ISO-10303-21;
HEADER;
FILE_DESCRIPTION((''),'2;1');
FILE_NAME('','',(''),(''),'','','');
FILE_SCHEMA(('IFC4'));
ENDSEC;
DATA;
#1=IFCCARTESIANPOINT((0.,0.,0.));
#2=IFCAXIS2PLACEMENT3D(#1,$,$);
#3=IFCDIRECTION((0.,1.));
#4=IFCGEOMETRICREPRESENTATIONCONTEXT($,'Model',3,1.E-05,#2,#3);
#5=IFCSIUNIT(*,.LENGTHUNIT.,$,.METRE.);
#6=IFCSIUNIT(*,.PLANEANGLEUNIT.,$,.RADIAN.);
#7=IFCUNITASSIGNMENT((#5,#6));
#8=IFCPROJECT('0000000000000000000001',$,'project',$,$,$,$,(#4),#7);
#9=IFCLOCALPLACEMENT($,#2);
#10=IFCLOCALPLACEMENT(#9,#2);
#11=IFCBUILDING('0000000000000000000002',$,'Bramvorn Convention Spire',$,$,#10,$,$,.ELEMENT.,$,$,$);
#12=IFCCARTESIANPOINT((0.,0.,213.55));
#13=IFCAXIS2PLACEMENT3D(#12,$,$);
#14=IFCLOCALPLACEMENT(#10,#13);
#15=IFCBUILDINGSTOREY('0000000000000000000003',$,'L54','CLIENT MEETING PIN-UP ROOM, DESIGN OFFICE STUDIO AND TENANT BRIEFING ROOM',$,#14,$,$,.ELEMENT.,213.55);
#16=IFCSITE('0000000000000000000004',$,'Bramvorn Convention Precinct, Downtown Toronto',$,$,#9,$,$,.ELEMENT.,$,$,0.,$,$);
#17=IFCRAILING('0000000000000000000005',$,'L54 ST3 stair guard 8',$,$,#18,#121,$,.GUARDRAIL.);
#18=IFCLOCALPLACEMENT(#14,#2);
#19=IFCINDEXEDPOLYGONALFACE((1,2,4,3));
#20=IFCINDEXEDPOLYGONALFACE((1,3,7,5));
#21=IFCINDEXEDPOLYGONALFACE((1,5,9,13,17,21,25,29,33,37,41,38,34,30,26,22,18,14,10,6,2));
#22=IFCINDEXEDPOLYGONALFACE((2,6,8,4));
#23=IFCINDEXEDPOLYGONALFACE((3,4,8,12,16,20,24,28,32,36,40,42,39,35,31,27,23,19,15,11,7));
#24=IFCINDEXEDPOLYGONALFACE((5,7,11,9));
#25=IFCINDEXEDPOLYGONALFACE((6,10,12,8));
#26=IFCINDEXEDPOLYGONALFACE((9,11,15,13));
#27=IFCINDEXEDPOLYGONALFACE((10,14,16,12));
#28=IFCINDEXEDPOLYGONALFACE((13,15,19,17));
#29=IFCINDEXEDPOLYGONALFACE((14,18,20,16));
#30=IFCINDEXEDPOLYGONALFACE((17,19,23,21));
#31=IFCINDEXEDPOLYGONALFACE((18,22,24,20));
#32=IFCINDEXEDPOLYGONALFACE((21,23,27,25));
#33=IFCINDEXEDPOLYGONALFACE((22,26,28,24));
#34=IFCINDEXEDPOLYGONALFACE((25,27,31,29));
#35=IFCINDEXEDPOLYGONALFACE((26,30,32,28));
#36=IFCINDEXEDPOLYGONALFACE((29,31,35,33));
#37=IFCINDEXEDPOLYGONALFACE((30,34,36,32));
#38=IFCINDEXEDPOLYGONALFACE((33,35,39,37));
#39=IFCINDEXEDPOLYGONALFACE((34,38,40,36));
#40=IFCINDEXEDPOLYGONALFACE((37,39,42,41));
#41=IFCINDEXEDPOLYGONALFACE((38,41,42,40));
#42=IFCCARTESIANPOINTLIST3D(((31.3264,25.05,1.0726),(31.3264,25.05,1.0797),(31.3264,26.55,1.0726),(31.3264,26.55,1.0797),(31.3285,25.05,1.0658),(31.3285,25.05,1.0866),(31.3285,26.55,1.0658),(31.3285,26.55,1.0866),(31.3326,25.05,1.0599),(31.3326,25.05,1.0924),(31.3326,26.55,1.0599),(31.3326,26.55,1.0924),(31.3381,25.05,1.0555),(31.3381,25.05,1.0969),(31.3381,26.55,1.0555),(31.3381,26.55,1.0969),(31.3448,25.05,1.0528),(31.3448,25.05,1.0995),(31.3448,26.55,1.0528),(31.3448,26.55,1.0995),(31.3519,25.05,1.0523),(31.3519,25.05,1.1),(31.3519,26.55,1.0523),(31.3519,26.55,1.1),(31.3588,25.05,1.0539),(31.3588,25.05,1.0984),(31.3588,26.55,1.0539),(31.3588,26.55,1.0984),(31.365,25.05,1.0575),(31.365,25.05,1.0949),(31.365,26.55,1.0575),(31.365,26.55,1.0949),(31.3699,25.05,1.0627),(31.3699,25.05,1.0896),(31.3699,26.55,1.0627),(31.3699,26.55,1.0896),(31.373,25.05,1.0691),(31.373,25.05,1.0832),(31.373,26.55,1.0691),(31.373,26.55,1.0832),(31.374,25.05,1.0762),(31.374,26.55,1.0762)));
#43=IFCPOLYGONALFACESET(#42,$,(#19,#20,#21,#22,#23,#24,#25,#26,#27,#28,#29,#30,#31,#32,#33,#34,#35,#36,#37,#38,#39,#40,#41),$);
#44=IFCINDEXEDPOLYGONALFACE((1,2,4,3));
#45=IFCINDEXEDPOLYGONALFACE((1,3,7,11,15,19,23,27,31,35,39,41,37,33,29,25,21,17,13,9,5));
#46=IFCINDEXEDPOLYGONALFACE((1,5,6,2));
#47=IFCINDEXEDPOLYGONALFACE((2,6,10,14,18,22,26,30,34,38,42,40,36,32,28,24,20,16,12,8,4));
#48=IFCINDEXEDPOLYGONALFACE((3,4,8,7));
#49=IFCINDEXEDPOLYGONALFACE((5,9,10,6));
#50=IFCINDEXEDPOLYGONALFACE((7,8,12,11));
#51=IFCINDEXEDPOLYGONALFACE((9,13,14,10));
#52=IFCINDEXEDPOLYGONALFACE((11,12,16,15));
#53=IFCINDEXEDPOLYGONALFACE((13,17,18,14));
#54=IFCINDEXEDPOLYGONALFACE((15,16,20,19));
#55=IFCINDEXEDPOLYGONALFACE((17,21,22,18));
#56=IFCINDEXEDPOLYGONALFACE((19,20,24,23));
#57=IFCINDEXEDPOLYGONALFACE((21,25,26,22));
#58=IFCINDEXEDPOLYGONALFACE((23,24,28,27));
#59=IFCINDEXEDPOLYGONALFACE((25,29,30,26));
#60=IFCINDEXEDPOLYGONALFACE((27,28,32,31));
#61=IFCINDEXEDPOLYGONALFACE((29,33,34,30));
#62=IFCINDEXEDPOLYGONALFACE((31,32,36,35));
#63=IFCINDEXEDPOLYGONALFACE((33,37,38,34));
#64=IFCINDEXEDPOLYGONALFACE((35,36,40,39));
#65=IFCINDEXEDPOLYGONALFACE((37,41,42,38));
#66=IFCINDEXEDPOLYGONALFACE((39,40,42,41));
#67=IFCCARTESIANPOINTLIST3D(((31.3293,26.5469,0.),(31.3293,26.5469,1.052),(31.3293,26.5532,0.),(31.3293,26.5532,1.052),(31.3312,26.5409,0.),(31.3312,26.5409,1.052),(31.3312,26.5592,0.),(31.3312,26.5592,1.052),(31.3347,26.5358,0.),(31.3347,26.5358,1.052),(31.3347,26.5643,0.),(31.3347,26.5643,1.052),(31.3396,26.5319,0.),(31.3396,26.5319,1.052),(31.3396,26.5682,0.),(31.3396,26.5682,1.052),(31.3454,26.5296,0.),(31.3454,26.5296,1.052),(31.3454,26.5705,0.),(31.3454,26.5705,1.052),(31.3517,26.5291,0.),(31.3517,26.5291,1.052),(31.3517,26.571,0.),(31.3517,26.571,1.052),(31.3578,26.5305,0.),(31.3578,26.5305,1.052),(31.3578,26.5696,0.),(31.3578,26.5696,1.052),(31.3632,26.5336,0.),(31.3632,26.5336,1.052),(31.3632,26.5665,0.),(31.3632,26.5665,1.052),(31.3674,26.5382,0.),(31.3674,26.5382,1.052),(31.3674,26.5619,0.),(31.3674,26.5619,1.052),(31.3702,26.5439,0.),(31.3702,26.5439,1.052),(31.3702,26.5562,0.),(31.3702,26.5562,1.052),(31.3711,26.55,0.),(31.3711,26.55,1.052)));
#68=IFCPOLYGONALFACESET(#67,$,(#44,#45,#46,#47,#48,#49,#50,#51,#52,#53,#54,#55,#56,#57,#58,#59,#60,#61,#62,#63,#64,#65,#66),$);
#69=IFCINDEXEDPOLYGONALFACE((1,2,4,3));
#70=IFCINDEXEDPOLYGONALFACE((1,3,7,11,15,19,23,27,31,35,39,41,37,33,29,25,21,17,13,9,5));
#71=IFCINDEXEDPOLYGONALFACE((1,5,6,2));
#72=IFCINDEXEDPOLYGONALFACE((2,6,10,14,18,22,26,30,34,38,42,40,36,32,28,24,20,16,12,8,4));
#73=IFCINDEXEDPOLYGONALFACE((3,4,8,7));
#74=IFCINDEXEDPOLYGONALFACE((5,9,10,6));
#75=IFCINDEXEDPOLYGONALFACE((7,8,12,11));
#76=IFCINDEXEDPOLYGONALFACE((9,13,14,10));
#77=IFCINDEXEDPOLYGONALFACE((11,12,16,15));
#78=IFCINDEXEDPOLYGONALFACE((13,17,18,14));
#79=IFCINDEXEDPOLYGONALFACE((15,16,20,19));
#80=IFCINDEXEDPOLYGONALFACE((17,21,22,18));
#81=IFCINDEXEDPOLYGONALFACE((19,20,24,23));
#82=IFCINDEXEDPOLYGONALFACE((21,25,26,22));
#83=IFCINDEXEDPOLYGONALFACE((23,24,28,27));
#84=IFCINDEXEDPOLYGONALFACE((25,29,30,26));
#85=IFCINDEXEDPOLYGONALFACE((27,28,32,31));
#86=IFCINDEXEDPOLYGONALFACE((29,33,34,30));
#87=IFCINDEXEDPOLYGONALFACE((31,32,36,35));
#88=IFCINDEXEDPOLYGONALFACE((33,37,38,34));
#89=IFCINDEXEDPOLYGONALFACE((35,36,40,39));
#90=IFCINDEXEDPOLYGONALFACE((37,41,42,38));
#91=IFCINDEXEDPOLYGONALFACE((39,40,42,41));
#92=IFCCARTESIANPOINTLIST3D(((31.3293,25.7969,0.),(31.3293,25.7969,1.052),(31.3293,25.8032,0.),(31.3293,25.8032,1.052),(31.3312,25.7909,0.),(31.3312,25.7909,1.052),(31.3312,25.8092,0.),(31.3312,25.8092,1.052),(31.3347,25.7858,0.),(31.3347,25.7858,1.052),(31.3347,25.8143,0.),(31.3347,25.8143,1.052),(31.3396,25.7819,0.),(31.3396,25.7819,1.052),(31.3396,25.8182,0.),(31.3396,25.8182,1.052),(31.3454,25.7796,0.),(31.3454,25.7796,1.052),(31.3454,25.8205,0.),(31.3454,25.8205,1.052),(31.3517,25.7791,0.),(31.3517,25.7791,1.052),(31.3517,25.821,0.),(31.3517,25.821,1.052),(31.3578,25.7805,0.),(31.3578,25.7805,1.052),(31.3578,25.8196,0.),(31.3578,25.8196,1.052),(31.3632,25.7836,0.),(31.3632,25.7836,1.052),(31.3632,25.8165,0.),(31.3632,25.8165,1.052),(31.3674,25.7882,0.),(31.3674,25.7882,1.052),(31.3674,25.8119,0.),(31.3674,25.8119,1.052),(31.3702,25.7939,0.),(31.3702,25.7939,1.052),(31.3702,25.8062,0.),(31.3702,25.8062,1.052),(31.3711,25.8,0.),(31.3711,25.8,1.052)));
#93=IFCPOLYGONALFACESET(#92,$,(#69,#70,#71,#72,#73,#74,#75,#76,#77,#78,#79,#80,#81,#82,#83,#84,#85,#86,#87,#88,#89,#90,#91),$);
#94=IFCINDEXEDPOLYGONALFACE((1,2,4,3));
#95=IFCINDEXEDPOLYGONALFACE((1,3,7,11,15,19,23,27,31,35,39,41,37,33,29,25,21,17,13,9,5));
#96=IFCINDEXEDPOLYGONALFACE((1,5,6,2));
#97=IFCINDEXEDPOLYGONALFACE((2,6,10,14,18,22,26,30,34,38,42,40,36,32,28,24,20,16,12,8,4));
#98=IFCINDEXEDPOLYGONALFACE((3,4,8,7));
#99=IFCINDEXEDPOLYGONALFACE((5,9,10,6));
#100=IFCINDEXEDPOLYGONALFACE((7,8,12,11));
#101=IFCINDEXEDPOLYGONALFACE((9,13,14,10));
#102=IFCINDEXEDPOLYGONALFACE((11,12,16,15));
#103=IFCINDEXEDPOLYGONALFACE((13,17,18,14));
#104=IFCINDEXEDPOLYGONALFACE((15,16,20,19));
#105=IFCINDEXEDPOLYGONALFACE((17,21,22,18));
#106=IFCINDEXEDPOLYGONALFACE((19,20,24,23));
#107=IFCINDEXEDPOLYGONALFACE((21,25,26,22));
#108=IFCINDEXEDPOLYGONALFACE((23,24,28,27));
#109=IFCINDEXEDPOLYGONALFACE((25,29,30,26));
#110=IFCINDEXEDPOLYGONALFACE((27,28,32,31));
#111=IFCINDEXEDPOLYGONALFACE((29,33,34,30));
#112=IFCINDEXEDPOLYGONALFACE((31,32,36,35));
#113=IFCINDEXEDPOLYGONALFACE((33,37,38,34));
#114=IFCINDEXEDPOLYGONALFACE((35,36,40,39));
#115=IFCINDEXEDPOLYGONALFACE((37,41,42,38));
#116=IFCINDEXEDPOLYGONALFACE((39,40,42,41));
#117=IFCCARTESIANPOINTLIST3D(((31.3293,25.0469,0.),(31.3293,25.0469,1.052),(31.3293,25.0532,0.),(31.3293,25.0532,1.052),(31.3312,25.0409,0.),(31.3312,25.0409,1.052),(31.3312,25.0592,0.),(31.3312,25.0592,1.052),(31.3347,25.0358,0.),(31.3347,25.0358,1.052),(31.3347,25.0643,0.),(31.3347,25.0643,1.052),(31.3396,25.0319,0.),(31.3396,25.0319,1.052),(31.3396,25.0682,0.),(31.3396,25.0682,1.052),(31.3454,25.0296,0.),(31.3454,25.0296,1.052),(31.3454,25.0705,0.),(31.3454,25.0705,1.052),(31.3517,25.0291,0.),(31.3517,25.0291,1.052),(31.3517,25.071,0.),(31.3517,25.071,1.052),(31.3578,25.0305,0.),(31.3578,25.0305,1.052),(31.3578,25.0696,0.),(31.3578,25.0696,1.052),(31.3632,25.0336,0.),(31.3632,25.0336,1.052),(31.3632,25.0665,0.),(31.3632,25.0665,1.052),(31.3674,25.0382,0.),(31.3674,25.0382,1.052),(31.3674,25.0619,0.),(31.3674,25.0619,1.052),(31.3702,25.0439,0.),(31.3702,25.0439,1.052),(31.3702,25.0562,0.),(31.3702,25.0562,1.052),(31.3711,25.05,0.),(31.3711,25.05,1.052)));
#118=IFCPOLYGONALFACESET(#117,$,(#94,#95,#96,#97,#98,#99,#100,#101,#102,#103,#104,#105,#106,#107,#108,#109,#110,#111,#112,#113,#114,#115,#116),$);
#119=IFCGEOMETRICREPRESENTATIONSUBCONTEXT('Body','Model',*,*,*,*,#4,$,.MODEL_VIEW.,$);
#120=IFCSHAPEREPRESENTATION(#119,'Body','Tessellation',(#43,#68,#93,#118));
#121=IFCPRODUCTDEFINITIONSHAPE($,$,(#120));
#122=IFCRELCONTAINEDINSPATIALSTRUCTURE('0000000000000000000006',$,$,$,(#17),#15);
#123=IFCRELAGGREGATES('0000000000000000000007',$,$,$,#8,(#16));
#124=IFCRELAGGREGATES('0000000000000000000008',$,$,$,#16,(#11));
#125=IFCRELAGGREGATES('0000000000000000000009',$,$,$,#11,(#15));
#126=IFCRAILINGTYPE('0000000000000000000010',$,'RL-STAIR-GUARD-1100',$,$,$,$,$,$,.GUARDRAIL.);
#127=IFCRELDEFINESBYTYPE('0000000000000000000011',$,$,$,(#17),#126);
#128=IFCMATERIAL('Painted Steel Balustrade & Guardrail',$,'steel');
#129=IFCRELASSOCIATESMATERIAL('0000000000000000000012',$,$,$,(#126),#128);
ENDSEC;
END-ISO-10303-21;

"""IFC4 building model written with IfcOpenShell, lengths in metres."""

from ifc_helpers import new_model, si_unit, direction, frame, origin, origin_2d, place, context, subcontext, project, spatial, circle, extrude, material, type_object, element, save


model = new_model("IFC4")

# Units and contexts
model_context = context("Model", 3, precision=1e-05, world=origin(), true_north=direction((0.0, 1.0)))
body_context = subcontext(model_context, "Body", "Model", "MODEL_VIEW")
ifc_project = project(units=[si_unit("LENGTHUNIT", "METRE"), si_unit("PLANEANGLEUNIT", "RADIAN")], contexts=[model_context])

# Site, building, storey
site_placement = place(None, origin())
site = spatial("IfcSite", under=ifc_project, at=site_placement, Name="Bramvorn Convention Precinct, Downtown Toronto", CompositionType="ELEMENT", RefElevation=0.0)
building_placement = place(site_placement, origin())
building = spatial("IfcBuilding", under=site, at=building_placement, Name="Bramvorn Convention Spire", CompositionType="ELEMENT")
storey_placement = place(building_placement, frame((0.0, 0.0, 213.55)))
storey = spatial("IfcBuildingStorey", under=building, at=storey_placement, Name="L54", Description="CLIENT MEETING PIN-UP ROOM, DESIGN OFFICE STUDIO AND TENANT BRIEFING ROOM", CompositionType="ELEMENT", Elevation=213.55)

# Railing
ifc_material_1 = material(Name="Painted Steel Balustrade & Guardrail", Category="steel")
railing_type = type_object("IfcRailingType", Name="RL-STAIR-GUARD-1100", PredefinedType="GUARDRAIL", material=ifc_material_1)
railing_1_placement = place(storey_placement, frame((31.3501, 26.55, 0.0)))
element("IfcRailing", 1, at=railing_1_placement, inside=storey, type_object=railing_type, Name="L54 ST3 stair guard 8", PredefinedType="GUARDRAIL", context=body_context, shape_type="SweptSolid", body=[
    extrude(circle(Radius=0.0239, at=origin_2d()), frame((0.0, 0.0, 1.0762), z_axis=(0.0, -1.0, 0.0), x_axis=(1.0, 0.0, 0.0)), (0.0, 0.0, 1.0), 1.5),
    extrude(circle(Radius=0.021, at=origin_2d()), origin(), (0.0, 0.0, 1.0), 1.052),
    extrude(circle(Radius=0.021, at=origin_2d()), frame((0.0, -0.75, 0.0)), (0.0, 0.0, 1.0), 1.052),
    extrude(circle(Radius=0.021, at=origin_2d()), frame((0.0, -1.5, 0.0)), (0.0, 0.0, 1.0), 1.052),
])

save(model, "model.ifc")
